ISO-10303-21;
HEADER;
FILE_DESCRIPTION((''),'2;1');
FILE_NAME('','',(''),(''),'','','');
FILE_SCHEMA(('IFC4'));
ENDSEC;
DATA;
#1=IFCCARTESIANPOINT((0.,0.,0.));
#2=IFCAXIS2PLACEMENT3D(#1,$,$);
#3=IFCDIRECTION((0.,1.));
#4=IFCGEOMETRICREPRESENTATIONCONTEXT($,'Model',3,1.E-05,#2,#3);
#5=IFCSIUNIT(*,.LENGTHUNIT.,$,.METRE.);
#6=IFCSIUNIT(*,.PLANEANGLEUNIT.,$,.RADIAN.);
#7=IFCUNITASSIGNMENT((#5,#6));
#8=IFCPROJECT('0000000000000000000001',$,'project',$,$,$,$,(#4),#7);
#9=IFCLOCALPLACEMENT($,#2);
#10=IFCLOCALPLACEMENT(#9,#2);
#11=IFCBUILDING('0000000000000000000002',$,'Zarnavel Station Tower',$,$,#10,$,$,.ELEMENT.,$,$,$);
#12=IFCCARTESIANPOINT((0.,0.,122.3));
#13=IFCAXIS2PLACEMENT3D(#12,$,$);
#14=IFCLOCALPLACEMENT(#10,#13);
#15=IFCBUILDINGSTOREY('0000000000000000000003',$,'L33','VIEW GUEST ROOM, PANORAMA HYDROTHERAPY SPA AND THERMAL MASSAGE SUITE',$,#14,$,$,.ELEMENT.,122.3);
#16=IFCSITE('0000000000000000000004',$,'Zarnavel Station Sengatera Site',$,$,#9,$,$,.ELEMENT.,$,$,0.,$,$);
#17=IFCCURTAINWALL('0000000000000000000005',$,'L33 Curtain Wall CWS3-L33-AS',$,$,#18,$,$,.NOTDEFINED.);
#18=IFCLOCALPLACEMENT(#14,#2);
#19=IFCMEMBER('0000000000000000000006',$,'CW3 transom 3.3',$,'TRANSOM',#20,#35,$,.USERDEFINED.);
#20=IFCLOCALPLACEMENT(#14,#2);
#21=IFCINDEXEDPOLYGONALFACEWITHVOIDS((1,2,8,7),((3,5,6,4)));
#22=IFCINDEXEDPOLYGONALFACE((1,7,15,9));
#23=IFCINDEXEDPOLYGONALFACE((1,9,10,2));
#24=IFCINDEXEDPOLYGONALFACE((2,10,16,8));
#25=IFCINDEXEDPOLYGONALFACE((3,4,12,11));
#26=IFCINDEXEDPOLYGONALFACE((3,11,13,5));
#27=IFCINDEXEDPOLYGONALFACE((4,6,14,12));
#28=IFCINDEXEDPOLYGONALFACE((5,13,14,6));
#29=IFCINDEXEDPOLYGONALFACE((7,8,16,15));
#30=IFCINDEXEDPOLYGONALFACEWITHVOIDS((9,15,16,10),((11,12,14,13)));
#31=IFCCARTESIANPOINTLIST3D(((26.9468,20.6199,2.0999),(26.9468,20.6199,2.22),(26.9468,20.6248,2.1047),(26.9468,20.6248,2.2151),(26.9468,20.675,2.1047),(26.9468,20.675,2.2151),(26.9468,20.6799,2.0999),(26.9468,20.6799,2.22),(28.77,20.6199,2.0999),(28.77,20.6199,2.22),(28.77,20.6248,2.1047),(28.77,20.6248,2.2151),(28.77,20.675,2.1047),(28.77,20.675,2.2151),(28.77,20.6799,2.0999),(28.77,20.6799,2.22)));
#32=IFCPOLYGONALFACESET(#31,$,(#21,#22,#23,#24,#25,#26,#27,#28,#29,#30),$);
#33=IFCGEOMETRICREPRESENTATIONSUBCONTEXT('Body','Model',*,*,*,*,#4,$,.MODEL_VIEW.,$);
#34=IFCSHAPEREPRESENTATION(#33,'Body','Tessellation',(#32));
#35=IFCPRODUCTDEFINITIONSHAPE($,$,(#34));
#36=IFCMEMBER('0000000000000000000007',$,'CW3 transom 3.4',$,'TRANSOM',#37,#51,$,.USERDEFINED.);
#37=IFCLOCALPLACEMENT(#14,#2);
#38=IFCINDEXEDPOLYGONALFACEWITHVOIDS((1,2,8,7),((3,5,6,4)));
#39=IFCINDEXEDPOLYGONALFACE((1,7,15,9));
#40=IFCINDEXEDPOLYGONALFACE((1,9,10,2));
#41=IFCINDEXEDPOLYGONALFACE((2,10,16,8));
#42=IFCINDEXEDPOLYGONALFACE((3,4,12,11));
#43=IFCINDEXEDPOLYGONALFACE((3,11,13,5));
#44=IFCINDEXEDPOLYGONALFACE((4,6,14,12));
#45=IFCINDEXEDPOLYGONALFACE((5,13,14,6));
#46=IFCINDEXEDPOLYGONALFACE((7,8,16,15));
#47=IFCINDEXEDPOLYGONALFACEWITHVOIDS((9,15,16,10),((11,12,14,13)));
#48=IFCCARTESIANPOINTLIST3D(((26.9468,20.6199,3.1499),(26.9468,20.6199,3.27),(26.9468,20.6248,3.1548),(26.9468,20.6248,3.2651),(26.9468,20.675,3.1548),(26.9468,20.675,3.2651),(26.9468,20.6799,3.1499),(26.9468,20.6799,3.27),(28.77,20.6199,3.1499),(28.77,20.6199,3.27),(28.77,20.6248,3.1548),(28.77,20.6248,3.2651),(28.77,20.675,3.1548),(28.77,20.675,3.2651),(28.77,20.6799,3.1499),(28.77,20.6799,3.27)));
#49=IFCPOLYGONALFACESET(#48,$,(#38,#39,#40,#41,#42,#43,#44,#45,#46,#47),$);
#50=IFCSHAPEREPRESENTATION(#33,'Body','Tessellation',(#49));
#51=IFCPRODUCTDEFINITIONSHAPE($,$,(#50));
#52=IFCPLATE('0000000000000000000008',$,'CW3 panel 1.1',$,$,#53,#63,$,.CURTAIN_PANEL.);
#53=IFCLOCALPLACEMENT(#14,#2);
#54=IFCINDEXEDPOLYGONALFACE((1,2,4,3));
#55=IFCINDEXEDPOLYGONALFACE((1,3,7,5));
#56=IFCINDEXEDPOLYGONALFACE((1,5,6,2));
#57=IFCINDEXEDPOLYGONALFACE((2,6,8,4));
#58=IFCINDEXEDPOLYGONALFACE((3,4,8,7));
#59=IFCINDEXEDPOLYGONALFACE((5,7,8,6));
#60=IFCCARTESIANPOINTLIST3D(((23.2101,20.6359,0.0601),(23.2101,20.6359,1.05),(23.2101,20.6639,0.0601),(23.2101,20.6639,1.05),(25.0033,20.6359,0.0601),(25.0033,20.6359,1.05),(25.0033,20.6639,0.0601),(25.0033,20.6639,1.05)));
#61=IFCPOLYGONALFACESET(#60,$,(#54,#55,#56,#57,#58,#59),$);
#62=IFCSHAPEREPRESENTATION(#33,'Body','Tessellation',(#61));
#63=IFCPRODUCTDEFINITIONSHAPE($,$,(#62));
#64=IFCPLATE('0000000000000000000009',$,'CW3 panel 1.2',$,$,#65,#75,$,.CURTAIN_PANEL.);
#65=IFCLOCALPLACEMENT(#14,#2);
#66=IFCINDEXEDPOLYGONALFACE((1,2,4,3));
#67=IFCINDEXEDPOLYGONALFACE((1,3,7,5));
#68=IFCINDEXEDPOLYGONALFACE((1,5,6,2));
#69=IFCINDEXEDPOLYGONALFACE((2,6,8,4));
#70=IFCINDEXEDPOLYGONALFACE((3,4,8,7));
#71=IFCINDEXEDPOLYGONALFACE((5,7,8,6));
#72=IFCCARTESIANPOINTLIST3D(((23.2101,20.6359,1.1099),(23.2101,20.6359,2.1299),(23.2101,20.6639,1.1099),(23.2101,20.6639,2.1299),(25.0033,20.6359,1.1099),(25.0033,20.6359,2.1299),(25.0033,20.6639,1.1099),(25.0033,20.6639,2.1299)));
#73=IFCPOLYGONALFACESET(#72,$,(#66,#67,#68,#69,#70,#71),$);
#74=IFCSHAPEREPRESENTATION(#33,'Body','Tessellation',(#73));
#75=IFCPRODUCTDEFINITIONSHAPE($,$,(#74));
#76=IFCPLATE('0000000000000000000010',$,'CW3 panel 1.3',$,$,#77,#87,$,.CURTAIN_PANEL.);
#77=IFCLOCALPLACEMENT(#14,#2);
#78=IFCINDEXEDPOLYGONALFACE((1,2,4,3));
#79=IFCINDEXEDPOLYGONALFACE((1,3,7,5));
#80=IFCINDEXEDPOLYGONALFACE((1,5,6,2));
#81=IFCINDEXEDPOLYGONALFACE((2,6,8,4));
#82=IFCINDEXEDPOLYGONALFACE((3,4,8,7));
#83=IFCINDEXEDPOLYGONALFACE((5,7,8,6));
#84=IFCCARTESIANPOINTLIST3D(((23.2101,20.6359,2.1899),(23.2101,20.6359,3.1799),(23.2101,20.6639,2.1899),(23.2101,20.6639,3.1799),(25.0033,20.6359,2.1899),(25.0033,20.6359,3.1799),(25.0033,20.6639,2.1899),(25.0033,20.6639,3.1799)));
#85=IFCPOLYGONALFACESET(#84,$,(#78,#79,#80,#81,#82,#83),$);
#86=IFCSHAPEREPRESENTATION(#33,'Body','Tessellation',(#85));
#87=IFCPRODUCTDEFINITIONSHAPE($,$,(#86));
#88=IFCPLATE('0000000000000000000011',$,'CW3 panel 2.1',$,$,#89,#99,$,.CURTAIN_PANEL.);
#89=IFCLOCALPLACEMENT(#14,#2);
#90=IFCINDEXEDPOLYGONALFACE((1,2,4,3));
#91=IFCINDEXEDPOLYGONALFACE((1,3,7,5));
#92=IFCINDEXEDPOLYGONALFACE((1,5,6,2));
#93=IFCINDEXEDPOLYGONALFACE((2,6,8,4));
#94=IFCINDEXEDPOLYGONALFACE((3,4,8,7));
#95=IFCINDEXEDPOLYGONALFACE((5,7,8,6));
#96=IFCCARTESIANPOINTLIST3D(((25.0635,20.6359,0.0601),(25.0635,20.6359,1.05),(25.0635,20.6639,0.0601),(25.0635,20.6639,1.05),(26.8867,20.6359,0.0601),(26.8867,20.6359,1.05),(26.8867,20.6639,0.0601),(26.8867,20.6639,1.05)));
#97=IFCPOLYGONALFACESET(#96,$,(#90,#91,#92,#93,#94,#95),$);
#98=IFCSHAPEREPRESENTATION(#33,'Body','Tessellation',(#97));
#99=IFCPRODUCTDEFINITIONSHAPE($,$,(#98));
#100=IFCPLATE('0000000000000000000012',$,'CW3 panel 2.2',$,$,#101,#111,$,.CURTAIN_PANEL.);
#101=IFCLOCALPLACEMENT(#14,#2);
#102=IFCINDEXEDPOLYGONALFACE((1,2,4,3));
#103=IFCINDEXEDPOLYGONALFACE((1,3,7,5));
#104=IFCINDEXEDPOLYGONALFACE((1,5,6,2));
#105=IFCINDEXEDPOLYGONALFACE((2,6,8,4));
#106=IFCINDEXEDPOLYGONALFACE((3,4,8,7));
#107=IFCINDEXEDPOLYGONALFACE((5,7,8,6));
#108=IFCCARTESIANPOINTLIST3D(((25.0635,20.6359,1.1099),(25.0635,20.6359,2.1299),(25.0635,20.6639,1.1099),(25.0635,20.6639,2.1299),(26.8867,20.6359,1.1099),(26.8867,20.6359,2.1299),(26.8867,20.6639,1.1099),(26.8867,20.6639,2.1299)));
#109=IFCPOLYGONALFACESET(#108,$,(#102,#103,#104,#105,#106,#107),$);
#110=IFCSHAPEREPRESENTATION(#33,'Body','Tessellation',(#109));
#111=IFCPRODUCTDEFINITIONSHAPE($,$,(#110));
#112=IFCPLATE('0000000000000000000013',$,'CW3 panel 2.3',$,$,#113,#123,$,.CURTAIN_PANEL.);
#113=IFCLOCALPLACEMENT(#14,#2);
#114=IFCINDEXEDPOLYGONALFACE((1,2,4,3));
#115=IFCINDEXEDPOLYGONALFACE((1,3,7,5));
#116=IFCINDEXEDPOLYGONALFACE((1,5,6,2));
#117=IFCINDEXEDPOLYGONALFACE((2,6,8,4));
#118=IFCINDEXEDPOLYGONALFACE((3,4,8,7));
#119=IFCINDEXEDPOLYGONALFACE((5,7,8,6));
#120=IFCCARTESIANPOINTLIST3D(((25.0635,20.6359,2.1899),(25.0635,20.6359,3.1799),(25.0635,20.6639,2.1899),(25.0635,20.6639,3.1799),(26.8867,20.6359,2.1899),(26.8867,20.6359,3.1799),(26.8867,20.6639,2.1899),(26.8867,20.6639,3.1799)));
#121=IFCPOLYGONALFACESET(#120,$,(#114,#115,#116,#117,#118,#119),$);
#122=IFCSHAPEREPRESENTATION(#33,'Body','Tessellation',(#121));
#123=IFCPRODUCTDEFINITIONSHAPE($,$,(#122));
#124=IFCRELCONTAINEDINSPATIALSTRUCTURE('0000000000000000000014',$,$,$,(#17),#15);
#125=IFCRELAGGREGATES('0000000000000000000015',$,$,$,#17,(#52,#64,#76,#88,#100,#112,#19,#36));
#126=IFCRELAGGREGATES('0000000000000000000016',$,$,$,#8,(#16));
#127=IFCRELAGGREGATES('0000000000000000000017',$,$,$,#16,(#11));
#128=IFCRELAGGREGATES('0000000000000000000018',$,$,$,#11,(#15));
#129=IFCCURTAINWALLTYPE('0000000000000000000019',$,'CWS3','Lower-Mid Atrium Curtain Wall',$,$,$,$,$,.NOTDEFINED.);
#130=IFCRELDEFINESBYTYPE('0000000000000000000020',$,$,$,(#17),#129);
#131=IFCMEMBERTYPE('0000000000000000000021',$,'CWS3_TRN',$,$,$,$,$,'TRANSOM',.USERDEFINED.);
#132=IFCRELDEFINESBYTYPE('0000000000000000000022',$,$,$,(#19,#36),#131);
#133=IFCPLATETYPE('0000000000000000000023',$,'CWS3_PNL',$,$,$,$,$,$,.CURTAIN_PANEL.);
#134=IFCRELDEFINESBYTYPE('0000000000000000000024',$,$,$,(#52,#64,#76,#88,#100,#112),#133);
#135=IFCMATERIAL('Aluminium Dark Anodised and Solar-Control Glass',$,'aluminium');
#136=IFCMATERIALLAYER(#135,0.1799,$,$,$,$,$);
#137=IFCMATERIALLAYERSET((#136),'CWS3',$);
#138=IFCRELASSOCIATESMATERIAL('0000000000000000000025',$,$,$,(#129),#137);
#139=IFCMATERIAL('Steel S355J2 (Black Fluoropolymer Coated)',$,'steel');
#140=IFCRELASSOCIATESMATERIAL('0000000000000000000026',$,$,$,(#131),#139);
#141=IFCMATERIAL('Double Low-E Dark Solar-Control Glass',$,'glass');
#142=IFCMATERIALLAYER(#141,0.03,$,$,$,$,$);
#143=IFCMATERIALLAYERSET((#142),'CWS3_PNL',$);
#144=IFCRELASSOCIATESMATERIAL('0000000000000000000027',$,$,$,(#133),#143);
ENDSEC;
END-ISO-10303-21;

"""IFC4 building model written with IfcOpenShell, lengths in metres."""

from ifc_helpers import new_model, si_unit, direction, frame, origin, origin_2d, place, context, subcontext, project, spatial, rectangle, hollow_rectangle, extrude, material, layer, layer_set, material_profile, profile_set, type_object, element, aggregate, save


model = new_model("IFC4")

# Units and contexts
model_context = context("Model", 3, precision=1e-05, world=origin(), true_north=direction((0.0, 1.0)))
body_context = subcontext(model_context, "Body", "Model", "MODEL_VIEW")
ifc_project = project(units=[si_unit("LENGTHUNIT", "METRE"), si_unit("PLANEANGLEUNIT", "RADIAN")], contexts=[model_context])

# Site, building, storey
site_placement = place(None, origin())
site = spatial("IfcSite", under=ifc_project, at=site_placement, Name="Zarnavel Station Sengatera Site", CompositionType="ELEMENT", RefElevation=0.0)
building_placement = place(site_placement, origin())
building = spatial("IfcBuilding", under=site, at=building_placement, Name="Zarnavel Station Tower", CompositionType="ELEMENT")
storey_placement = place(building_placement, frame((0.0, 0.0, 122.3)))
storey = spatial("IfcBuildingStorey", under=building, at=storey_placement, Name="L33", Description="VIEW GUEST ROOM, PANORAMA HYDROTHERAPY SPA AND THERMAL MASSAGE SUITE", CompositionType="ELEMENT", Elevation=122.3)

# Curtain wall, members, plates
ifc_material_1 = material(Name="Aluminium Dark Anodised and Solar-Control Glass", Category="aluminium")
ifc_layer_1 = layer(ifc_material_1, 0.1799)
ifc_layer_set_1 = layer_set([ifc_layer_1], Name="CWS3")
curtain_wall_type = type_object("IfcCurtainWallType", Name="CWS3", Description="Lower-Mid Atrium Curtain Wall", PredefinedType="NOTDEFINED", material=ifc_layer_set_1)
curtain_wall_placement = place(storey_placement, origin())
curtain_wall = element("IfcCurtainWall", 1, at=curtain_wall_placement, inside=storey, type_object=curtain_wall_type, Name="L33 Curtain Wall CWS3-L33-AS", PredefinedType="NOTDEFINED")
ifc_material_2 = material(Name="Steel S355J2 (Black Fluoropolymer Coated)", Category="steel")
ifc_material_profile_1 = material_profile(ifc_material_2, hollow_rectangle(XDim=0.0601, YDim=0.1201, WallThickness=0.0049, at=origin_2d()), Name="RHS120x60x5")
ifc_profile_set_1 = profile_set([ifc_material_profile_1], Name="Steel S355J2 (Black Fluoropolymer Coated)")
member_type_1 = type_object("IfcMemberType", Name="CWS3_TRN", ElementType="TRANSOM", PredefinedType="USERDEFINED", material=ifc_profile_set_1)
member_1_placement = place(storey_placement, frame((26.9468, 20.6499, 2.1599), z_axis=(1.0, 0.0, 0.0), x_axis=(0.0, 1.0, 0.0)))
member_1 = element("IfcMember", 2, at=member_1_placement, type_object=member_type_1, Name="CW3 transom 3.3", ObjectType="TRANSOM", PredefinedType="USERDEFINED", context=body_context, shape_type="SweptSolid", body=[
    extrude(hollow_rectangle(XDim=0.0601, YDim=0.1201, WallThickness=0.0049, at=origin_2d()), origin(), (0.0, 0.0, 1.0), 1.8232),
])
member_2_placement = place(storey_placement, frame((26.9468, 20.6499, 3.21), z_axis=(1.0, 0.0, 0.0), x_axis=(0.0, 1.0, 0.0)))
member_2 = element("IfcMember", 3, at=member_2_placement, type_object=member_type_1, Name="CW3 transom 3.4", ObjectType="TRANSOM", PredefinedType="USERDEFINED", context=body_context, shape_type="SweptSolid", body=[
    extrude(hollow_rectangle(XDim=0.0601, YDim=0.1201, WallThickness=0.0049, at=origin_2d()), origin(), (0.0, 0.0, 1.0), 1.8232),
])
ifc_material_3 = material(Name="Double Low-E Dark Solar-Control Glass", Category="glass")
ifc_layer_2 = layer(ifc_material_3, 0.03)
ifc_layer_set_2 = layer_set([ifc_layer_2], Name="CWS3_PNL")
plate_type = type_object("IfcPlateType", Name="CWS3_PNL", PredefinedType="CURTAIN_PANEL", material=ifc_layer_set_2)
plate_1_placement = place(storey_placement, frame((24.1067, 20.6499, 0.0601), z_axis=(0.0, 0.0, 1.0), x_axis=(1.0, 0.0, 0.0)))
plate_1 = element("IfcPlate", 4, at=plate_1_placement, type_object=plate_type, Name="CW3 panel 1.1", PredefinedType="CURTAIN_PANEL", context=body_context, shape_type="SweptSolid", body=[
    extrude(rectangle(XDim=1.7932, YDim=0.0281, at=origin_2d()), origin(), (0.0, 0.0, 1.0), 0.99),
])
plate_2_placement = place(storey_placement, frame((24.1067, 20.6499, 1.1099), z_axis=(0.0, 0.0, 1.0), x_axis=(1.0, 0.0, 0.0)))
plate_2 = element("IfcPlate", 5, at=plate_2_placement, type_object=plate_type, Name="CW3 panel 1.2", PredefinedType="CURTAIN_PANEL", context=body_context, shape_type="SweptSolid", body=[
    extrude(rectangle(XDim=1.7932, YDim=0.0281, at=origin_2d()), origin(), (0.0, 0.0, 1.0), 1.02),
])
plate_3_placement = place(storey_placement, frame((24.1067, 20.6499, 2.1899), z_axis=(0.0, 0.0, 1.0), x_axis=(1.0, 0.0, 0.0)))
plate_3 = element("IfcPlate", 6, at=plate_3_placement, type_object=plate_type, Name="CW3 panel 1.3", PredefinedType="CURTAIN_PANEL", context=body_context, shape_type="SweptSolid", body=[
    extrude(rectangle(XDim=1.7932, YDim=0.0281, at=origin_2d()), origin(), (0.0, 0.0, 1.0), 0.99),
])
plate_4_placement = place(storey_placement, frame((25.9751, 20.6499, 0.0601), z_axis=(0.0, 0.0, 1.0), x_axis=(1.0, 0.0, 0.0)))
plate_4 = element("IfcPlate", 7, at=plate_4_placement, type_object=plate_type, Name="CW3 panel 2.1", PredefinedType="CURTAIN_PANEL", context=body_context, shape_type="SweptSolid", body=[
    extrude(rectangle(XDim=1.8232, YDim=0.0281, at=origin_2d()), origin(), (0.0, 0.0, 1.0), 0.99),
])
plate_5_placement = place(storey_placement, frame((25.9751, 20.6499, 1.1099), z_axis=(0.0, 0.0, 1.0), x_axis=(1.0, 0.0, 0.0)))
plate_5 = element("IfcPlate", 8, at=plate_5_placement, type_object=plate_type, Name="CW3 panel 2.2", PredefinedType="CURTAIN_PANEL", context=body_context, shape_type="SweptSolid", body=[
    extrude(rectangle(XDim=1.8232, YDim=0.0281, at=origin_2d()), origin(), (0.0, 0.0, 1.0), 1.02),
])
plate_6_placement = place(storey_placement, frame((25.9751, 20.6499, 2.1899), z_axis=(0.0, 0.0, 1.0), x_axis=(1.0, 0.0, 0.0)))
plate_6 = element("IfcPlate", 9, at=plate_6_placement, type_object=plate_type, Name="CW3 panel 2.3", PredefinedType="CURTAIN_PANEL", context=body_context, shape_type="SweptSolid", body=[
    extrude(rectangle(XDim=1.8232, YDim=0.0281, at=origin_2d()), origin(), (0.0, 0.0, 1.0), 0.99),
])
aggregate(curtain_wall, [plate_1, plate_2, plate_3, plate_4, plate_5, plate_6, member_1, member_2])

save(model, "model.ifc")
